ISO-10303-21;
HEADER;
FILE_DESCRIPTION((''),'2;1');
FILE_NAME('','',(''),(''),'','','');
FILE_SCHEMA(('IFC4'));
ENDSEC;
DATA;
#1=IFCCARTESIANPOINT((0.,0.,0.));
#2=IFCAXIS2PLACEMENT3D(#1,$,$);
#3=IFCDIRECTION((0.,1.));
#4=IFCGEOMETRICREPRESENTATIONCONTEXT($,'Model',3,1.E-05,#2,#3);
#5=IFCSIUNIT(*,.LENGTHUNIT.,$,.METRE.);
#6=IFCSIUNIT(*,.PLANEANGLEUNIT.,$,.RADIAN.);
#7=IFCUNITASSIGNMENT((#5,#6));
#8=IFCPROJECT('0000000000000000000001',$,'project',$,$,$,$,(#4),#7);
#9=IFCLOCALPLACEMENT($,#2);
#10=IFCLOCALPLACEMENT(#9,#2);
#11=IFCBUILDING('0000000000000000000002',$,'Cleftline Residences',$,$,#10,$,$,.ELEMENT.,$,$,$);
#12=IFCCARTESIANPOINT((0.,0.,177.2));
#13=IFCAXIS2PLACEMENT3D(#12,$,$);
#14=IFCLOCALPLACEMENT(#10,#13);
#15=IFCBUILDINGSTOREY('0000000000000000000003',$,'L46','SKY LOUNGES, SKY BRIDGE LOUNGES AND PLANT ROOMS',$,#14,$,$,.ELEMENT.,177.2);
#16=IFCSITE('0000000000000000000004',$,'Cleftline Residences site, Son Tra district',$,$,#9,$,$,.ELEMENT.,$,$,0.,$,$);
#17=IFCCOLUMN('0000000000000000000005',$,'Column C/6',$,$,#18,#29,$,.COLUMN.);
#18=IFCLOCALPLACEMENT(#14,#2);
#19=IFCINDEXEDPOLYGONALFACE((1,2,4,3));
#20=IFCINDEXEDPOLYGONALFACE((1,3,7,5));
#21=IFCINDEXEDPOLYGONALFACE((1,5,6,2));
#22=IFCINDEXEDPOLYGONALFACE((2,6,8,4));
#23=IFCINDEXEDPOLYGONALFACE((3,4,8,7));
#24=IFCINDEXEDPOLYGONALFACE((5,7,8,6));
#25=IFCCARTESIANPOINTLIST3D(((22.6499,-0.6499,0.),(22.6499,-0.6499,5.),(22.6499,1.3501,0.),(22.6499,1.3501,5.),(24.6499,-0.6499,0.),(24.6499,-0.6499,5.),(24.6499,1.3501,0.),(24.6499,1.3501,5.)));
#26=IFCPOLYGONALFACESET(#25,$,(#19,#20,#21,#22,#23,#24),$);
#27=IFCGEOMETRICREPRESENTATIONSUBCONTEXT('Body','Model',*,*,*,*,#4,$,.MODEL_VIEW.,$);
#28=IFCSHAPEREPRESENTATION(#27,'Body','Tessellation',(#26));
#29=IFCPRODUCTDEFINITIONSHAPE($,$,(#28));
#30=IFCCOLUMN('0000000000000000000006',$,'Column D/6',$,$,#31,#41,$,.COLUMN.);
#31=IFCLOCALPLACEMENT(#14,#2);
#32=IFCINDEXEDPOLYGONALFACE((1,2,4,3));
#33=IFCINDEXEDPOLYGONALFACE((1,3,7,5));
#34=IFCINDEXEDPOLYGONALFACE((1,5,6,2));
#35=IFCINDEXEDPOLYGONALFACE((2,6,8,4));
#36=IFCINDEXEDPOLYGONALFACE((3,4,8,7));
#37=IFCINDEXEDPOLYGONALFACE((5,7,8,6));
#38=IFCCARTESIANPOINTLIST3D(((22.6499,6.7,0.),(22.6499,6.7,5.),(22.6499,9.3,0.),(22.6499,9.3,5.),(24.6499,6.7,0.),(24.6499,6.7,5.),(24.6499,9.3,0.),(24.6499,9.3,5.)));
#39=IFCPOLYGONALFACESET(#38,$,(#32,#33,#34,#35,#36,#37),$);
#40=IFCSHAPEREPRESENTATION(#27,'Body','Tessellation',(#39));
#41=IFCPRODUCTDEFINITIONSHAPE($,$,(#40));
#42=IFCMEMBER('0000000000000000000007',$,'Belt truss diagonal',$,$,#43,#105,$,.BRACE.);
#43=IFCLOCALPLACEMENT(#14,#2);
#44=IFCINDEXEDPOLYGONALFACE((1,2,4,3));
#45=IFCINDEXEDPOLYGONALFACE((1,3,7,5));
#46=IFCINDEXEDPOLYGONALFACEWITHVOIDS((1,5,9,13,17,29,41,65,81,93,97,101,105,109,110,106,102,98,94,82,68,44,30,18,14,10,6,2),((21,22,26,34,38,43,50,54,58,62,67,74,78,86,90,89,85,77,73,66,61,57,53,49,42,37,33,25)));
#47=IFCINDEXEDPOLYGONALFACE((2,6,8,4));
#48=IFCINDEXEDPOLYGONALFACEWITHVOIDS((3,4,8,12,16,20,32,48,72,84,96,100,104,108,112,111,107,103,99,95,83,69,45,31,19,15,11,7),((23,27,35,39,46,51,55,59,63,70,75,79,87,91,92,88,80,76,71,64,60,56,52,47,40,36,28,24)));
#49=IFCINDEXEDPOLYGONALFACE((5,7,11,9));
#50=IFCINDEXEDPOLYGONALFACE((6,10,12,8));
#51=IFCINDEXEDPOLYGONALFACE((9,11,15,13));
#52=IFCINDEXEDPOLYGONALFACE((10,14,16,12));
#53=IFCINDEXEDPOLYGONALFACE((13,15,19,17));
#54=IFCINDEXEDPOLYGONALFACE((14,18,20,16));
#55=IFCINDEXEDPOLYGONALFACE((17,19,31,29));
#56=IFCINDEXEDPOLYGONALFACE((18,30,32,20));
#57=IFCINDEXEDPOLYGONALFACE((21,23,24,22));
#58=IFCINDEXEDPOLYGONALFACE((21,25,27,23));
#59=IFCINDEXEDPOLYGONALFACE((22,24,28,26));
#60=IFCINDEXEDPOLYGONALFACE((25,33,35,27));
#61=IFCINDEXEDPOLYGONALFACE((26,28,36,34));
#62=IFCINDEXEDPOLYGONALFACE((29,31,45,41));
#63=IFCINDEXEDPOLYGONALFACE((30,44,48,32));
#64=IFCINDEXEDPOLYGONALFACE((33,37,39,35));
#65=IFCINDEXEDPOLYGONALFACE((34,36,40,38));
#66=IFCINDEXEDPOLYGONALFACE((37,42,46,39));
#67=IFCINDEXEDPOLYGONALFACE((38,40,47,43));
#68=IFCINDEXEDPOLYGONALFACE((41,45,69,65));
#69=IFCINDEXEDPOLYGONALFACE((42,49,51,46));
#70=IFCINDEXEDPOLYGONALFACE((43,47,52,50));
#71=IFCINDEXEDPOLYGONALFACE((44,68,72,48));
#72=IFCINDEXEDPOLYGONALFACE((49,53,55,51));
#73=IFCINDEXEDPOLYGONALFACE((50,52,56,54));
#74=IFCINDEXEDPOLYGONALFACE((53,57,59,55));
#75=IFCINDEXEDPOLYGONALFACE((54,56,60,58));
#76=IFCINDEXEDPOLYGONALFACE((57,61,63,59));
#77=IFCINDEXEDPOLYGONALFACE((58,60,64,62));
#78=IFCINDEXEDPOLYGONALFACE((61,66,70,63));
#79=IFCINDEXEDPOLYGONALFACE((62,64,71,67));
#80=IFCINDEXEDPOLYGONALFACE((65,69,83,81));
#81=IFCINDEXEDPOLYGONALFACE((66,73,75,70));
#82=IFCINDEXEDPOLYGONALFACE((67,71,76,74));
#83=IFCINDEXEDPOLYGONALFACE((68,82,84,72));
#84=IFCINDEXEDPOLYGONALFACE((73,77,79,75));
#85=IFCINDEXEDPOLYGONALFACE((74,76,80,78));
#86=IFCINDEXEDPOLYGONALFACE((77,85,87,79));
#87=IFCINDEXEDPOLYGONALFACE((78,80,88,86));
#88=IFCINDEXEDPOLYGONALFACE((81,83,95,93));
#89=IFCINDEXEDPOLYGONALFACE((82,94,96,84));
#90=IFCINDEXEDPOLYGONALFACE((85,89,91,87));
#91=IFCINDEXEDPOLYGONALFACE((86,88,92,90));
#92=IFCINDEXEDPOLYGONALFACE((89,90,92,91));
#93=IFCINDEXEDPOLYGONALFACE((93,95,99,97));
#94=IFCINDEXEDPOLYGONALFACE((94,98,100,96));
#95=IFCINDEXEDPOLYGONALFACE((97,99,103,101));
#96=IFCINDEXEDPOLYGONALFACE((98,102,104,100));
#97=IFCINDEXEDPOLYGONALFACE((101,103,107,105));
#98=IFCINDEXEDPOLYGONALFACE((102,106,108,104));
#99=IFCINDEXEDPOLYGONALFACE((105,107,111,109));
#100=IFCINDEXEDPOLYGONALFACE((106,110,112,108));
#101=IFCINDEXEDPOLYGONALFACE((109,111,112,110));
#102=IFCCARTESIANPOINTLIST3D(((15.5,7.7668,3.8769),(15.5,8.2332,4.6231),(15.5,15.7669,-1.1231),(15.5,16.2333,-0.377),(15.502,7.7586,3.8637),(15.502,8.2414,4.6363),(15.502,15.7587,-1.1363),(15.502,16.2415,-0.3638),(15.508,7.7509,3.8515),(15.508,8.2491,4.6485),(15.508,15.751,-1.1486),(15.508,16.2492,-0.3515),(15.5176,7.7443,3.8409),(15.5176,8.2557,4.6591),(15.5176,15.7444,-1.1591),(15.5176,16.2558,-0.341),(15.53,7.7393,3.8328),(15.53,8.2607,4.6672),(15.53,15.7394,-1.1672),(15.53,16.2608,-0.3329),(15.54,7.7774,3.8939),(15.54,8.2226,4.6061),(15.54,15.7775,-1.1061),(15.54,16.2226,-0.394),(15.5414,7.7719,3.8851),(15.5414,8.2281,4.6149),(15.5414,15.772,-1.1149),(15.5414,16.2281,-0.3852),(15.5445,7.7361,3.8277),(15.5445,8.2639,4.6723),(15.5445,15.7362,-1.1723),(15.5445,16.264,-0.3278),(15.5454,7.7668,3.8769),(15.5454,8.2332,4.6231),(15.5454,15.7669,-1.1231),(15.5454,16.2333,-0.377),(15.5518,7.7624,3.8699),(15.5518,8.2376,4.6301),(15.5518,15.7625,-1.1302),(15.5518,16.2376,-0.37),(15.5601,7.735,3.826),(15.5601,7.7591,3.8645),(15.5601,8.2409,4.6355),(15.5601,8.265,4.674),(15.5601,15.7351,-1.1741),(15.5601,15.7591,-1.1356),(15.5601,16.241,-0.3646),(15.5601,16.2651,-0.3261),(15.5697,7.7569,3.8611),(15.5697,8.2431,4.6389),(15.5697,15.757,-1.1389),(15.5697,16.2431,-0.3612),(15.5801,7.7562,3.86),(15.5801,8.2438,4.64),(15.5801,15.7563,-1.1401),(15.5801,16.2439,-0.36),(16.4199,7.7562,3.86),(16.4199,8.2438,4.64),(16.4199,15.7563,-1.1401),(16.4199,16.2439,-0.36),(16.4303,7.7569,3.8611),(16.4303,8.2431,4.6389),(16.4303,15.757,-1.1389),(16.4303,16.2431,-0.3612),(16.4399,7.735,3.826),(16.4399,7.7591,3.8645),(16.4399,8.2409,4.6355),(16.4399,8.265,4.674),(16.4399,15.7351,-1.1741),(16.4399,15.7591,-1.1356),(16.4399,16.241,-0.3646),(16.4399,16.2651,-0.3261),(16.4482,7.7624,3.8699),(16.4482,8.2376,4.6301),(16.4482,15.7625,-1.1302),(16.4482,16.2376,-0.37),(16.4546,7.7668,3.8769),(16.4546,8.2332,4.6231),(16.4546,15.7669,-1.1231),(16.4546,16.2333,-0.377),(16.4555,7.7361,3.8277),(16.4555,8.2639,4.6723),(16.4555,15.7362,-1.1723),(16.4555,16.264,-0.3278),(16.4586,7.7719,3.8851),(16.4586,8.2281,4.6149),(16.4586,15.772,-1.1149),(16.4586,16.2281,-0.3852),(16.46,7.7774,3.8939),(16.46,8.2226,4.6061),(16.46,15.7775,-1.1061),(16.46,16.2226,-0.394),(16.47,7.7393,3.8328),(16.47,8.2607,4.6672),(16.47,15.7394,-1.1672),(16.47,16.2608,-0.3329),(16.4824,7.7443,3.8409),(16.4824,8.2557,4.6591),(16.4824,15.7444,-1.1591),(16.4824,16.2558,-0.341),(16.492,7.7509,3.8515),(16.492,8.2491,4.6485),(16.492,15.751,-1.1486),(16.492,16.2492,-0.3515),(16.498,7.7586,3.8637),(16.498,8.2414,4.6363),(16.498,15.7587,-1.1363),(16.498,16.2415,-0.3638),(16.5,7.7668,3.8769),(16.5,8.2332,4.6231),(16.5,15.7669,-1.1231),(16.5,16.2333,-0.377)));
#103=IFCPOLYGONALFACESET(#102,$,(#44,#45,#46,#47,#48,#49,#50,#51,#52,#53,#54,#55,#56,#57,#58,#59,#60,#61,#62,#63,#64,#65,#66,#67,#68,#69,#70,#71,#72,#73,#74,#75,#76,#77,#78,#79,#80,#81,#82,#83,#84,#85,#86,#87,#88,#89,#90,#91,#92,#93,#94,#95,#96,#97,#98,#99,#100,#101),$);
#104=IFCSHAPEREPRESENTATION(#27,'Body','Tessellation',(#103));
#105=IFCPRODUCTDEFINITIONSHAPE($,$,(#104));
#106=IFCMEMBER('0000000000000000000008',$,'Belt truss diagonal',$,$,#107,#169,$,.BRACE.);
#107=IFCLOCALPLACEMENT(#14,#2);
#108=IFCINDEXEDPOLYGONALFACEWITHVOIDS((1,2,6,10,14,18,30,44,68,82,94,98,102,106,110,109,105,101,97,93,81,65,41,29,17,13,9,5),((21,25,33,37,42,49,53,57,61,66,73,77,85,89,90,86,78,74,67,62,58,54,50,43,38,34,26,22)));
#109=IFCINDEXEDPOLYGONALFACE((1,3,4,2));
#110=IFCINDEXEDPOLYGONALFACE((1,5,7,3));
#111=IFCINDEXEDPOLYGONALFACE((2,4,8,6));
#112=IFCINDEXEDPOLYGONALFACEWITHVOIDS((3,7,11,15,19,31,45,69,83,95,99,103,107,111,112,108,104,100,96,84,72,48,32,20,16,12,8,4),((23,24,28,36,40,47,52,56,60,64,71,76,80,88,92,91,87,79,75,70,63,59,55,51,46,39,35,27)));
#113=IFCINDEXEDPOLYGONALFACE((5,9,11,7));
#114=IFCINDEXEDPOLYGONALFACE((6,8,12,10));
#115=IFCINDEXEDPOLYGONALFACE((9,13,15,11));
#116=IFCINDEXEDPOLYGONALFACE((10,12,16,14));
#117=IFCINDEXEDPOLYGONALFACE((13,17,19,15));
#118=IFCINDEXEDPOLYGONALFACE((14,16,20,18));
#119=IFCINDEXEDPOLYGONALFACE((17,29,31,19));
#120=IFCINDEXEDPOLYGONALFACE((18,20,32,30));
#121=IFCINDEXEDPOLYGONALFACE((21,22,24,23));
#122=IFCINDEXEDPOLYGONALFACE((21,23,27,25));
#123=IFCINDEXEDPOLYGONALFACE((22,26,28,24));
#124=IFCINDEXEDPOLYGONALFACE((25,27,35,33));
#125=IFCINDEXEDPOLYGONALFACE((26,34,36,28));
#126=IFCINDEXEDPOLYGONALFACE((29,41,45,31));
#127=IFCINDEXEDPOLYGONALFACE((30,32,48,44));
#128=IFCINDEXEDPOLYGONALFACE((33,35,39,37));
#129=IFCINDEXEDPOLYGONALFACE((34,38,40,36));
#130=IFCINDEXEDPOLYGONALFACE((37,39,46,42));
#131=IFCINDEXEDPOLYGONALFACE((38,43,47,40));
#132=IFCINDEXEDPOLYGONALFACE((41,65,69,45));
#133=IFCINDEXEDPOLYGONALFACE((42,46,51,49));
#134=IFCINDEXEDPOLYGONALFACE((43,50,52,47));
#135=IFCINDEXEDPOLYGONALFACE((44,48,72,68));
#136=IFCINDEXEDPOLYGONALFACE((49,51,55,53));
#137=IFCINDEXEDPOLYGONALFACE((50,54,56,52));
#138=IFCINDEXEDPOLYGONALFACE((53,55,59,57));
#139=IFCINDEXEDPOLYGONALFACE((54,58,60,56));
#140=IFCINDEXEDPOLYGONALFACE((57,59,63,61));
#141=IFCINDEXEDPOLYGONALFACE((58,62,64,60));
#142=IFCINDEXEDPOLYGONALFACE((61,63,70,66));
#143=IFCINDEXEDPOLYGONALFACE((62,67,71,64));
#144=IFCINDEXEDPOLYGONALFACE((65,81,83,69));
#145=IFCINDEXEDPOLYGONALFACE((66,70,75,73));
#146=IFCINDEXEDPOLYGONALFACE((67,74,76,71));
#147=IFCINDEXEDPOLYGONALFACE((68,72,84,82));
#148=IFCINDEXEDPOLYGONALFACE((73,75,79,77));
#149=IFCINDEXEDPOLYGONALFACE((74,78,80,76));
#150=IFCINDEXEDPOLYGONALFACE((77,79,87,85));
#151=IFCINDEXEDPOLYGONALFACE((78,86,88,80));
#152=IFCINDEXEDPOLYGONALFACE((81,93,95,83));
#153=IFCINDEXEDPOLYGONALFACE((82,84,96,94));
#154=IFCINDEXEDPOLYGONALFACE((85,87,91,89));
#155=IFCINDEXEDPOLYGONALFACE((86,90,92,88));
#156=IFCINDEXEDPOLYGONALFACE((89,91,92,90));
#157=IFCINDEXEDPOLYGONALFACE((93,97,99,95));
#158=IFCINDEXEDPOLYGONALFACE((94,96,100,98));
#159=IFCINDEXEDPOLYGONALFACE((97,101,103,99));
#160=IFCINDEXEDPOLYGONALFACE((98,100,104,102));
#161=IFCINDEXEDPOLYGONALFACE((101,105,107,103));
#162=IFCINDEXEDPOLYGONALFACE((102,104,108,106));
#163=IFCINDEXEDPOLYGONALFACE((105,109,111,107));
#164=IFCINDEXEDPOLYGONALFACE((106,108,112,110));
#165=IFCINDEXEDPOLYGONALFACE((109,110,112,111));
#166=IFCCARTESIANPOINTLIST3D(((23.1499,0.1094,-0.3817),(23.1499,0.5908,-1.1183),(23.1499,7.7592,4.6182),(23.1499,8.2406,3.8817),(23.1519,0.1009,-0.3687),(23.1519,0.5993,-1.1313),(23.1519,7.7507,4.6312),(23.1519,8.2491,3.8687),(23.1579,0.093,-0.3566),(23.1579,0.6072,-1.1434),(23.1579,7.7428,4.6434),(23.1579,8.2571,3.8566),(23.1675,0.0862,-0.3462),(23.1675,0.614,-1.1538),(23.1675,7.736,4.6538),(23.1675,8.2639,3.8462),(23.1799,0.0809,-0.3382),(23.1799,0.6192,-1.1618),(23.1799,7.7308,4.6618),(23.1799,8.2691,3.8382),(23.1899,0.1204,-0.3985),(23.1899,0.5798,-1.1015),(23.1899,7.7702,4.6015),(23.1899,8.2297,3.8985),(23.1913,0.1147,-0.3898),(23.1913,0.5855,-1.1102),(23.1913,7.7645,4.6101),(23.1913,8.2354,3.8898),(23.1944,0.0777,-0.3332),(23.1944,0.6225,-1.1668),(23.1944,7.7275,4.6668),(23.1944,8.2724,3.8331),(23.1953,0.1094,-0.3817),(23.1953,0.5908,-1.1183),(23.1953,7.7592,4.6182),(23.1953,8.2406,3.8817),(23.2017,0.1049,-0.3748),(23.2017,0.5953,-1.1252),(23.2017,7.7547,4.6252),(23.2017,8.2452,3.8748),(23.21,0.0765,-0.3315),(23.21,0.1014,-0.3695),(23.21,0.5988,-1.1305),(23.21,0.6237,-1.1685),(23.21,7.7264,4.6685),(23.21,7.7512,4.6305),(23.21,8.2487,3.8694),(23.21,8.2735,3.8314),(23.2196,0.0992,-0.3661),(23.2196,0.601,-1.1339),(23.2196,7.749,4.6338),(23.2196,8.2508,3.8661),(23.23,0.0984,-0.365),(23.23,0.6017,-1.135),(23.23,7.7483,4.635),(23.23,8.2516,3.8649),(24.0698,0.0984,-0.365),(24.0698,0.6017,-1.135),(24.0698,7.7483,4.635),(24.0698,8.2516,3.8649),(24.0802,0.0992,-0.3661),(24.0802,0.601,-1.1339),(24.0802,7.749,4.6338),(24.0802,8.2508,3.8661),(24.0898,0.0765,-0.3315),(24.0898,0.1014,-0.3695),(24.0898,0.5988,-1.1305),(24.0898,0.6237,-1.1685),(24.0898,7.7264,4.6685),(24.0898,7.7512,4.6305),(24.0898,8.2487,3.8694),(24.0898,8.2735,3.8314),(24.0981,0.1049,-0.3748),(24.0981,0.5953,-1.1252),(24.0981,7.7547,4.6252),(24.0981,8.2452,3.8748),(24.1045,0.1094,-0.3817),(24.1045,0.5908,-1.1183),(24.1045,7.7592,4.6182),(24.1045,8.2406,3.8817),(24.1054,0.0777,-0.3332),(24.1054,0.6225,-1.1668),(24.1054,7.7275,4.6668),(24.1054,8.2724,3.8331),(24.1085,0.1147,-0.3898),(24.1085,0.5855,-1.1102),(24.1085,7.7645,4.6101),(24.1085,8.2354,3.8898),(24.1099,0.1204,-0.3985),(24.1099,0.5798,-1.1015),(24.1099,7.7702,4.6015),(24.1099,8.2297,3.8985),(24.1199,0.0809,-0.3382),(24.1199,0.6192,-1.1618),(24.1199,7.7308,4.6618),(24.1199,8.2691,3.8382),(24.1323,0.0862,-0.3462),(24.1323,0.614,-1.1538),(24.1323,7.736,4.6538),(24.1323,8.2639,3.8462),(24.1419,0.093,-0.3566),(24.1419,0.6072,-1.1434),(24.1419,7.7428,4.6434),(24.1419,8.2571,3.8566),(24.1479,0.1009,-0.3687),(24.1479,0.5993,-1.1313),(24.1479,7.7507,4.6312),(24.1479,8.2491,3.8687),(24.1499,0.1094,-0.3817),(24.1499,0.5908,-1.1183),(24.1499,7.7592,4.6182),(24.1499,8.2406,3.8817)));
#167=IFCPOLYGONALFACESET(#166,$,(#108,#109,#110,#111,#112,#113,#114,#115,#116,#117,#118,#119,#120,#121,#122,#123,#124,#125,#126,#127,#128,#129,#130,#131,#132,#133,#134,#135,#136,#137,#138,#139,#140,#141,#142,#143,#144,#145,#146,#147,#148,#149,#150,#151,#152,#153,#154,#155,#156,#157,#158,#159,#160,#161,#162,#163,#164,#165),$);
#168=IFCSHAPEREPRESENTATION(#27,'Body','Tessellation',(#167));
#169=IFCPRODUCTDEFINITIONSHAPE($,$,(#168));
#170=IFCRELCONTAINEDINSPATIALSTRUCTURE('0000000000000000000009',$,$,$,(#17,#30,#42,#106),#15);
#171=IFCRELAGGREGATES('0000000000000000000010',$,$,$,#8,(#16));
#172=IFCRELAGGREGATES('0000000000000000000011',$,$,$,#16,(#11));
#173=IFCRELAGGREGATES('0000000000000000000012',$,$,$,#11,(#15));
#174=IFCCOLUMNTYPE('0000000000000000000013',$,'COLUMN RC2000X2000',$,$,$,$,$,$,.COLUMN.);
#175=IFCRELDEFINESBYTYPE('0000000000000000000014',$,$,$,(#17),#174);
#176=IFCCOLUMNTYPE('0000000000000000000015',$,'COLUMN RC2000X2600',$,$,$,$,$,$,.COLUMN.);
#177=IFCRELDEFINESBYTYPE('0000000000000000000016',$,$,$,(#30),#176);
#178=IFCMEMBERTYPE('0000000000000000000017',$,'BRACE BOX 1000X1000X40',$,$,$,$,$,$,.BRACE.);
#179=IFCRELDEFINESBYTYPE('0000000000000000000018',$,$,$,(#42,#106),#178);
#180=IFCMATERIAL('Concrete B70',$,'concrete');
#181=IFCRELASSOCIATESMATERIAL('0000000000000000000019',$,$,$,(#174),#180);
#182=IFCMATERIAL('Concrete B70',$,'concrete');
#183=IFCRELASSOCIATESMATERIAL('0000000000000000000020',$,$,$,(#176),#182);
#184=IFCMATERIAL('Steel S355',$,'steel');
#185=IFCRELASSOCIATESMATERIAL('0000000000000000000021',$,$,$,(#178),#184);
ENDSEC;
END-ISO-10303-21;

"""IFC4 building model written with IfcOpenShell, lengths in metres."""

from ifc_helpers import new_model, si_unit, direction, frame, origin, origin_2d, place, context, subcontext, project, spatial, rectangle, hollow_rectangle, extrude, material, material_profile, profile_set, type_object, element, save


model = new_model("IFC4")

# Units and contexts
model_context = context("Model", 3, precision=1e-05, world=origin(), true_north=direction((0.0, 1.0)))
body_context = subcontext(model_context, "Body", "Model", "MODEL_VIEW")
ifc_project = project(units=[si_unit("LENGTHUNIT", "METRE"), si_unit("PLANEANGLEUNIT", "RADIAN")], contexts=[model_context])

# Site, building, storey
site_placement = place(None, origin())
site = spatial("IfcSite", under=ifc_project, at=site_placement, Name="Cleftline Residences site, Son Tra district", CompositionType="ELEMENT", RefElevation=0.0)
building_placement = place(site_placement, origin())
building = spatial("IfcBuilding", under=site, at=building_placement, Name="Cleftline Residences", CompositionType="ELEMENT")
storey_placement = place(building_placement, frame((0.0, 0.0, 177.2)))
storey = spatial("IfcBuildingStorey", under=building, at=storey_placement, Name="L46", Description="SKY LOUNGES, SKY BRIDGE LOUNGES AND PLANT ROOMS", CompositionType="ELEMENT", Elevation=177.2)

# Columns
ifc_material_1 = material(Name="Concrete B70", Category="concrete")
ifc_material_profile_1 = material_profile(ifc_material_1, rectangle(XDim=2.0, YDim=2.0, at=origin_2d()))
ifc_profile_set_1 = profile_set([ifc_material_profile_1], Name="Concrete B70")
column_type_1 = type_object("IfcColumnType", Name="COLUMN RC2000X2000", PredefinedType="COLUMN", material=ifc_profile_set_1)
column_1_placement = place(storey_placement, frame((23.6499, 0.3501, 0.0), z_axis=(0.0, 0.0, 1.0), x_axis=(1.0, 0.0, 0.0)))
element("IfcColumn", 1, at=column_1_placement, inside=storey, type_object=column_type_1, Name="Column C/6", PredefinedType="COLUMN", context=body_context, shape_type="SweptSolid", body=[
    extrude(rectangle(XDim=2.0, YDim=2.0, at=origin_2d()), origin(), (0.0, 0.0, 1.0), 5.0),
])
ifc_material_2 = material(Name="Concrete B70", Category="concrete")
ifc_material_profile_2 = material_profile(ifc_material_2, rectangle(XDim=2.0, YDim=2.6001, at=origin_2d()))
ifc_profile_set_2 = profile_set([ifc_material_profile_2], Name="Concrete B70")
column_type_2 = type_object("IfcColumnType", Name="COLUMN RC2000X2600", PredefinedType="COLUMN", material=ifc_profile_set_2)
column_2_placement = place(storey_placement, frame((23.6499, 8.0, 0.0), z_axis=(0.0, 0.0, 1.0), x_axis=(1.0, 0.0, 0.0)))
element("IfcColumn", 2, at=column_2_placement, inside=storey, type_object=column_type_2, Name="Column D/6", PredefinedType="COLUMN", context=body_context, shape_type="SweptSolid", body=[
    extrude(rectangle(XDim=2.0, YDim=2.6001, at=origin_2d()), origin(), (0.0, 0.0, 1.0), 5.0),
])

# Members
ifc_material_3 = material(Name="Steel S355", Category="steel")
ifc_material_profile_3 = material_profile(ifc_material_3, hollow_rectangle(XDim=1.0, YDim=1.0, WallThickness=0.04, InnerFilletRadius=0.04, OuterFilletRadius=0.0601, at=origin_2d()))
ifc_profile_set_3 = profile_set([ifc_material_profile_3], Name="Steel S355")
member_type_1 = type_object("IfcMemberType", Name="BRACE BOX 1000X1000X40", PredefinedType="BRACE", material=ifc_profile_set_3)
member_1_placement = place(storey_placement, frame((16.0, 8.0, 4.25), z_axis=(0.0, 0.847998, -0.529999), x_axis=(0.0, 0.529999, 0.847998)))
element("IfcMember", 3, at=member_1_placement, inside=storey, type_object=member_type_1, Name="Belt truss diagonal", PredefinedType="BRACE", context=body_context, shape_type="SweptSolid", body=[
    extrude(hollow_rectangle(XDim=1.0, YDim=1.0, WallThickness=0.04, InnerFilletRadius=0.04, OuterFilletRadius=0.0601, at=origin_2d()), origin(), (0.0, 0.0, 1.0), 9.4341),
])
member_2_placement = place(storey_placement, frame((23.6499, 0.3501, -0.75), z_axis=(0.0, 0.837063, 0.547107), x_axis=(0.0, -0.547107, 0.837063)))
element("IfcMember", 4, at=member_2_placement, inside=storey, type_object=member_type_1, Name="Belt truss diagonal", PredefinedType="BRACE", context=body_context, shape_type="SweptSolid", body=[
    extrude(hollow_rectangle(XDim=1.0, YDim=1.0, WallThickness=0.04, InnerFilletRadius=0.04, OuterFilletRadius=0.0601, at=origin_2d()), origin(), (0.0, 0.0, 1.0), 9.1389),
])

save(model, "model.ifc")
